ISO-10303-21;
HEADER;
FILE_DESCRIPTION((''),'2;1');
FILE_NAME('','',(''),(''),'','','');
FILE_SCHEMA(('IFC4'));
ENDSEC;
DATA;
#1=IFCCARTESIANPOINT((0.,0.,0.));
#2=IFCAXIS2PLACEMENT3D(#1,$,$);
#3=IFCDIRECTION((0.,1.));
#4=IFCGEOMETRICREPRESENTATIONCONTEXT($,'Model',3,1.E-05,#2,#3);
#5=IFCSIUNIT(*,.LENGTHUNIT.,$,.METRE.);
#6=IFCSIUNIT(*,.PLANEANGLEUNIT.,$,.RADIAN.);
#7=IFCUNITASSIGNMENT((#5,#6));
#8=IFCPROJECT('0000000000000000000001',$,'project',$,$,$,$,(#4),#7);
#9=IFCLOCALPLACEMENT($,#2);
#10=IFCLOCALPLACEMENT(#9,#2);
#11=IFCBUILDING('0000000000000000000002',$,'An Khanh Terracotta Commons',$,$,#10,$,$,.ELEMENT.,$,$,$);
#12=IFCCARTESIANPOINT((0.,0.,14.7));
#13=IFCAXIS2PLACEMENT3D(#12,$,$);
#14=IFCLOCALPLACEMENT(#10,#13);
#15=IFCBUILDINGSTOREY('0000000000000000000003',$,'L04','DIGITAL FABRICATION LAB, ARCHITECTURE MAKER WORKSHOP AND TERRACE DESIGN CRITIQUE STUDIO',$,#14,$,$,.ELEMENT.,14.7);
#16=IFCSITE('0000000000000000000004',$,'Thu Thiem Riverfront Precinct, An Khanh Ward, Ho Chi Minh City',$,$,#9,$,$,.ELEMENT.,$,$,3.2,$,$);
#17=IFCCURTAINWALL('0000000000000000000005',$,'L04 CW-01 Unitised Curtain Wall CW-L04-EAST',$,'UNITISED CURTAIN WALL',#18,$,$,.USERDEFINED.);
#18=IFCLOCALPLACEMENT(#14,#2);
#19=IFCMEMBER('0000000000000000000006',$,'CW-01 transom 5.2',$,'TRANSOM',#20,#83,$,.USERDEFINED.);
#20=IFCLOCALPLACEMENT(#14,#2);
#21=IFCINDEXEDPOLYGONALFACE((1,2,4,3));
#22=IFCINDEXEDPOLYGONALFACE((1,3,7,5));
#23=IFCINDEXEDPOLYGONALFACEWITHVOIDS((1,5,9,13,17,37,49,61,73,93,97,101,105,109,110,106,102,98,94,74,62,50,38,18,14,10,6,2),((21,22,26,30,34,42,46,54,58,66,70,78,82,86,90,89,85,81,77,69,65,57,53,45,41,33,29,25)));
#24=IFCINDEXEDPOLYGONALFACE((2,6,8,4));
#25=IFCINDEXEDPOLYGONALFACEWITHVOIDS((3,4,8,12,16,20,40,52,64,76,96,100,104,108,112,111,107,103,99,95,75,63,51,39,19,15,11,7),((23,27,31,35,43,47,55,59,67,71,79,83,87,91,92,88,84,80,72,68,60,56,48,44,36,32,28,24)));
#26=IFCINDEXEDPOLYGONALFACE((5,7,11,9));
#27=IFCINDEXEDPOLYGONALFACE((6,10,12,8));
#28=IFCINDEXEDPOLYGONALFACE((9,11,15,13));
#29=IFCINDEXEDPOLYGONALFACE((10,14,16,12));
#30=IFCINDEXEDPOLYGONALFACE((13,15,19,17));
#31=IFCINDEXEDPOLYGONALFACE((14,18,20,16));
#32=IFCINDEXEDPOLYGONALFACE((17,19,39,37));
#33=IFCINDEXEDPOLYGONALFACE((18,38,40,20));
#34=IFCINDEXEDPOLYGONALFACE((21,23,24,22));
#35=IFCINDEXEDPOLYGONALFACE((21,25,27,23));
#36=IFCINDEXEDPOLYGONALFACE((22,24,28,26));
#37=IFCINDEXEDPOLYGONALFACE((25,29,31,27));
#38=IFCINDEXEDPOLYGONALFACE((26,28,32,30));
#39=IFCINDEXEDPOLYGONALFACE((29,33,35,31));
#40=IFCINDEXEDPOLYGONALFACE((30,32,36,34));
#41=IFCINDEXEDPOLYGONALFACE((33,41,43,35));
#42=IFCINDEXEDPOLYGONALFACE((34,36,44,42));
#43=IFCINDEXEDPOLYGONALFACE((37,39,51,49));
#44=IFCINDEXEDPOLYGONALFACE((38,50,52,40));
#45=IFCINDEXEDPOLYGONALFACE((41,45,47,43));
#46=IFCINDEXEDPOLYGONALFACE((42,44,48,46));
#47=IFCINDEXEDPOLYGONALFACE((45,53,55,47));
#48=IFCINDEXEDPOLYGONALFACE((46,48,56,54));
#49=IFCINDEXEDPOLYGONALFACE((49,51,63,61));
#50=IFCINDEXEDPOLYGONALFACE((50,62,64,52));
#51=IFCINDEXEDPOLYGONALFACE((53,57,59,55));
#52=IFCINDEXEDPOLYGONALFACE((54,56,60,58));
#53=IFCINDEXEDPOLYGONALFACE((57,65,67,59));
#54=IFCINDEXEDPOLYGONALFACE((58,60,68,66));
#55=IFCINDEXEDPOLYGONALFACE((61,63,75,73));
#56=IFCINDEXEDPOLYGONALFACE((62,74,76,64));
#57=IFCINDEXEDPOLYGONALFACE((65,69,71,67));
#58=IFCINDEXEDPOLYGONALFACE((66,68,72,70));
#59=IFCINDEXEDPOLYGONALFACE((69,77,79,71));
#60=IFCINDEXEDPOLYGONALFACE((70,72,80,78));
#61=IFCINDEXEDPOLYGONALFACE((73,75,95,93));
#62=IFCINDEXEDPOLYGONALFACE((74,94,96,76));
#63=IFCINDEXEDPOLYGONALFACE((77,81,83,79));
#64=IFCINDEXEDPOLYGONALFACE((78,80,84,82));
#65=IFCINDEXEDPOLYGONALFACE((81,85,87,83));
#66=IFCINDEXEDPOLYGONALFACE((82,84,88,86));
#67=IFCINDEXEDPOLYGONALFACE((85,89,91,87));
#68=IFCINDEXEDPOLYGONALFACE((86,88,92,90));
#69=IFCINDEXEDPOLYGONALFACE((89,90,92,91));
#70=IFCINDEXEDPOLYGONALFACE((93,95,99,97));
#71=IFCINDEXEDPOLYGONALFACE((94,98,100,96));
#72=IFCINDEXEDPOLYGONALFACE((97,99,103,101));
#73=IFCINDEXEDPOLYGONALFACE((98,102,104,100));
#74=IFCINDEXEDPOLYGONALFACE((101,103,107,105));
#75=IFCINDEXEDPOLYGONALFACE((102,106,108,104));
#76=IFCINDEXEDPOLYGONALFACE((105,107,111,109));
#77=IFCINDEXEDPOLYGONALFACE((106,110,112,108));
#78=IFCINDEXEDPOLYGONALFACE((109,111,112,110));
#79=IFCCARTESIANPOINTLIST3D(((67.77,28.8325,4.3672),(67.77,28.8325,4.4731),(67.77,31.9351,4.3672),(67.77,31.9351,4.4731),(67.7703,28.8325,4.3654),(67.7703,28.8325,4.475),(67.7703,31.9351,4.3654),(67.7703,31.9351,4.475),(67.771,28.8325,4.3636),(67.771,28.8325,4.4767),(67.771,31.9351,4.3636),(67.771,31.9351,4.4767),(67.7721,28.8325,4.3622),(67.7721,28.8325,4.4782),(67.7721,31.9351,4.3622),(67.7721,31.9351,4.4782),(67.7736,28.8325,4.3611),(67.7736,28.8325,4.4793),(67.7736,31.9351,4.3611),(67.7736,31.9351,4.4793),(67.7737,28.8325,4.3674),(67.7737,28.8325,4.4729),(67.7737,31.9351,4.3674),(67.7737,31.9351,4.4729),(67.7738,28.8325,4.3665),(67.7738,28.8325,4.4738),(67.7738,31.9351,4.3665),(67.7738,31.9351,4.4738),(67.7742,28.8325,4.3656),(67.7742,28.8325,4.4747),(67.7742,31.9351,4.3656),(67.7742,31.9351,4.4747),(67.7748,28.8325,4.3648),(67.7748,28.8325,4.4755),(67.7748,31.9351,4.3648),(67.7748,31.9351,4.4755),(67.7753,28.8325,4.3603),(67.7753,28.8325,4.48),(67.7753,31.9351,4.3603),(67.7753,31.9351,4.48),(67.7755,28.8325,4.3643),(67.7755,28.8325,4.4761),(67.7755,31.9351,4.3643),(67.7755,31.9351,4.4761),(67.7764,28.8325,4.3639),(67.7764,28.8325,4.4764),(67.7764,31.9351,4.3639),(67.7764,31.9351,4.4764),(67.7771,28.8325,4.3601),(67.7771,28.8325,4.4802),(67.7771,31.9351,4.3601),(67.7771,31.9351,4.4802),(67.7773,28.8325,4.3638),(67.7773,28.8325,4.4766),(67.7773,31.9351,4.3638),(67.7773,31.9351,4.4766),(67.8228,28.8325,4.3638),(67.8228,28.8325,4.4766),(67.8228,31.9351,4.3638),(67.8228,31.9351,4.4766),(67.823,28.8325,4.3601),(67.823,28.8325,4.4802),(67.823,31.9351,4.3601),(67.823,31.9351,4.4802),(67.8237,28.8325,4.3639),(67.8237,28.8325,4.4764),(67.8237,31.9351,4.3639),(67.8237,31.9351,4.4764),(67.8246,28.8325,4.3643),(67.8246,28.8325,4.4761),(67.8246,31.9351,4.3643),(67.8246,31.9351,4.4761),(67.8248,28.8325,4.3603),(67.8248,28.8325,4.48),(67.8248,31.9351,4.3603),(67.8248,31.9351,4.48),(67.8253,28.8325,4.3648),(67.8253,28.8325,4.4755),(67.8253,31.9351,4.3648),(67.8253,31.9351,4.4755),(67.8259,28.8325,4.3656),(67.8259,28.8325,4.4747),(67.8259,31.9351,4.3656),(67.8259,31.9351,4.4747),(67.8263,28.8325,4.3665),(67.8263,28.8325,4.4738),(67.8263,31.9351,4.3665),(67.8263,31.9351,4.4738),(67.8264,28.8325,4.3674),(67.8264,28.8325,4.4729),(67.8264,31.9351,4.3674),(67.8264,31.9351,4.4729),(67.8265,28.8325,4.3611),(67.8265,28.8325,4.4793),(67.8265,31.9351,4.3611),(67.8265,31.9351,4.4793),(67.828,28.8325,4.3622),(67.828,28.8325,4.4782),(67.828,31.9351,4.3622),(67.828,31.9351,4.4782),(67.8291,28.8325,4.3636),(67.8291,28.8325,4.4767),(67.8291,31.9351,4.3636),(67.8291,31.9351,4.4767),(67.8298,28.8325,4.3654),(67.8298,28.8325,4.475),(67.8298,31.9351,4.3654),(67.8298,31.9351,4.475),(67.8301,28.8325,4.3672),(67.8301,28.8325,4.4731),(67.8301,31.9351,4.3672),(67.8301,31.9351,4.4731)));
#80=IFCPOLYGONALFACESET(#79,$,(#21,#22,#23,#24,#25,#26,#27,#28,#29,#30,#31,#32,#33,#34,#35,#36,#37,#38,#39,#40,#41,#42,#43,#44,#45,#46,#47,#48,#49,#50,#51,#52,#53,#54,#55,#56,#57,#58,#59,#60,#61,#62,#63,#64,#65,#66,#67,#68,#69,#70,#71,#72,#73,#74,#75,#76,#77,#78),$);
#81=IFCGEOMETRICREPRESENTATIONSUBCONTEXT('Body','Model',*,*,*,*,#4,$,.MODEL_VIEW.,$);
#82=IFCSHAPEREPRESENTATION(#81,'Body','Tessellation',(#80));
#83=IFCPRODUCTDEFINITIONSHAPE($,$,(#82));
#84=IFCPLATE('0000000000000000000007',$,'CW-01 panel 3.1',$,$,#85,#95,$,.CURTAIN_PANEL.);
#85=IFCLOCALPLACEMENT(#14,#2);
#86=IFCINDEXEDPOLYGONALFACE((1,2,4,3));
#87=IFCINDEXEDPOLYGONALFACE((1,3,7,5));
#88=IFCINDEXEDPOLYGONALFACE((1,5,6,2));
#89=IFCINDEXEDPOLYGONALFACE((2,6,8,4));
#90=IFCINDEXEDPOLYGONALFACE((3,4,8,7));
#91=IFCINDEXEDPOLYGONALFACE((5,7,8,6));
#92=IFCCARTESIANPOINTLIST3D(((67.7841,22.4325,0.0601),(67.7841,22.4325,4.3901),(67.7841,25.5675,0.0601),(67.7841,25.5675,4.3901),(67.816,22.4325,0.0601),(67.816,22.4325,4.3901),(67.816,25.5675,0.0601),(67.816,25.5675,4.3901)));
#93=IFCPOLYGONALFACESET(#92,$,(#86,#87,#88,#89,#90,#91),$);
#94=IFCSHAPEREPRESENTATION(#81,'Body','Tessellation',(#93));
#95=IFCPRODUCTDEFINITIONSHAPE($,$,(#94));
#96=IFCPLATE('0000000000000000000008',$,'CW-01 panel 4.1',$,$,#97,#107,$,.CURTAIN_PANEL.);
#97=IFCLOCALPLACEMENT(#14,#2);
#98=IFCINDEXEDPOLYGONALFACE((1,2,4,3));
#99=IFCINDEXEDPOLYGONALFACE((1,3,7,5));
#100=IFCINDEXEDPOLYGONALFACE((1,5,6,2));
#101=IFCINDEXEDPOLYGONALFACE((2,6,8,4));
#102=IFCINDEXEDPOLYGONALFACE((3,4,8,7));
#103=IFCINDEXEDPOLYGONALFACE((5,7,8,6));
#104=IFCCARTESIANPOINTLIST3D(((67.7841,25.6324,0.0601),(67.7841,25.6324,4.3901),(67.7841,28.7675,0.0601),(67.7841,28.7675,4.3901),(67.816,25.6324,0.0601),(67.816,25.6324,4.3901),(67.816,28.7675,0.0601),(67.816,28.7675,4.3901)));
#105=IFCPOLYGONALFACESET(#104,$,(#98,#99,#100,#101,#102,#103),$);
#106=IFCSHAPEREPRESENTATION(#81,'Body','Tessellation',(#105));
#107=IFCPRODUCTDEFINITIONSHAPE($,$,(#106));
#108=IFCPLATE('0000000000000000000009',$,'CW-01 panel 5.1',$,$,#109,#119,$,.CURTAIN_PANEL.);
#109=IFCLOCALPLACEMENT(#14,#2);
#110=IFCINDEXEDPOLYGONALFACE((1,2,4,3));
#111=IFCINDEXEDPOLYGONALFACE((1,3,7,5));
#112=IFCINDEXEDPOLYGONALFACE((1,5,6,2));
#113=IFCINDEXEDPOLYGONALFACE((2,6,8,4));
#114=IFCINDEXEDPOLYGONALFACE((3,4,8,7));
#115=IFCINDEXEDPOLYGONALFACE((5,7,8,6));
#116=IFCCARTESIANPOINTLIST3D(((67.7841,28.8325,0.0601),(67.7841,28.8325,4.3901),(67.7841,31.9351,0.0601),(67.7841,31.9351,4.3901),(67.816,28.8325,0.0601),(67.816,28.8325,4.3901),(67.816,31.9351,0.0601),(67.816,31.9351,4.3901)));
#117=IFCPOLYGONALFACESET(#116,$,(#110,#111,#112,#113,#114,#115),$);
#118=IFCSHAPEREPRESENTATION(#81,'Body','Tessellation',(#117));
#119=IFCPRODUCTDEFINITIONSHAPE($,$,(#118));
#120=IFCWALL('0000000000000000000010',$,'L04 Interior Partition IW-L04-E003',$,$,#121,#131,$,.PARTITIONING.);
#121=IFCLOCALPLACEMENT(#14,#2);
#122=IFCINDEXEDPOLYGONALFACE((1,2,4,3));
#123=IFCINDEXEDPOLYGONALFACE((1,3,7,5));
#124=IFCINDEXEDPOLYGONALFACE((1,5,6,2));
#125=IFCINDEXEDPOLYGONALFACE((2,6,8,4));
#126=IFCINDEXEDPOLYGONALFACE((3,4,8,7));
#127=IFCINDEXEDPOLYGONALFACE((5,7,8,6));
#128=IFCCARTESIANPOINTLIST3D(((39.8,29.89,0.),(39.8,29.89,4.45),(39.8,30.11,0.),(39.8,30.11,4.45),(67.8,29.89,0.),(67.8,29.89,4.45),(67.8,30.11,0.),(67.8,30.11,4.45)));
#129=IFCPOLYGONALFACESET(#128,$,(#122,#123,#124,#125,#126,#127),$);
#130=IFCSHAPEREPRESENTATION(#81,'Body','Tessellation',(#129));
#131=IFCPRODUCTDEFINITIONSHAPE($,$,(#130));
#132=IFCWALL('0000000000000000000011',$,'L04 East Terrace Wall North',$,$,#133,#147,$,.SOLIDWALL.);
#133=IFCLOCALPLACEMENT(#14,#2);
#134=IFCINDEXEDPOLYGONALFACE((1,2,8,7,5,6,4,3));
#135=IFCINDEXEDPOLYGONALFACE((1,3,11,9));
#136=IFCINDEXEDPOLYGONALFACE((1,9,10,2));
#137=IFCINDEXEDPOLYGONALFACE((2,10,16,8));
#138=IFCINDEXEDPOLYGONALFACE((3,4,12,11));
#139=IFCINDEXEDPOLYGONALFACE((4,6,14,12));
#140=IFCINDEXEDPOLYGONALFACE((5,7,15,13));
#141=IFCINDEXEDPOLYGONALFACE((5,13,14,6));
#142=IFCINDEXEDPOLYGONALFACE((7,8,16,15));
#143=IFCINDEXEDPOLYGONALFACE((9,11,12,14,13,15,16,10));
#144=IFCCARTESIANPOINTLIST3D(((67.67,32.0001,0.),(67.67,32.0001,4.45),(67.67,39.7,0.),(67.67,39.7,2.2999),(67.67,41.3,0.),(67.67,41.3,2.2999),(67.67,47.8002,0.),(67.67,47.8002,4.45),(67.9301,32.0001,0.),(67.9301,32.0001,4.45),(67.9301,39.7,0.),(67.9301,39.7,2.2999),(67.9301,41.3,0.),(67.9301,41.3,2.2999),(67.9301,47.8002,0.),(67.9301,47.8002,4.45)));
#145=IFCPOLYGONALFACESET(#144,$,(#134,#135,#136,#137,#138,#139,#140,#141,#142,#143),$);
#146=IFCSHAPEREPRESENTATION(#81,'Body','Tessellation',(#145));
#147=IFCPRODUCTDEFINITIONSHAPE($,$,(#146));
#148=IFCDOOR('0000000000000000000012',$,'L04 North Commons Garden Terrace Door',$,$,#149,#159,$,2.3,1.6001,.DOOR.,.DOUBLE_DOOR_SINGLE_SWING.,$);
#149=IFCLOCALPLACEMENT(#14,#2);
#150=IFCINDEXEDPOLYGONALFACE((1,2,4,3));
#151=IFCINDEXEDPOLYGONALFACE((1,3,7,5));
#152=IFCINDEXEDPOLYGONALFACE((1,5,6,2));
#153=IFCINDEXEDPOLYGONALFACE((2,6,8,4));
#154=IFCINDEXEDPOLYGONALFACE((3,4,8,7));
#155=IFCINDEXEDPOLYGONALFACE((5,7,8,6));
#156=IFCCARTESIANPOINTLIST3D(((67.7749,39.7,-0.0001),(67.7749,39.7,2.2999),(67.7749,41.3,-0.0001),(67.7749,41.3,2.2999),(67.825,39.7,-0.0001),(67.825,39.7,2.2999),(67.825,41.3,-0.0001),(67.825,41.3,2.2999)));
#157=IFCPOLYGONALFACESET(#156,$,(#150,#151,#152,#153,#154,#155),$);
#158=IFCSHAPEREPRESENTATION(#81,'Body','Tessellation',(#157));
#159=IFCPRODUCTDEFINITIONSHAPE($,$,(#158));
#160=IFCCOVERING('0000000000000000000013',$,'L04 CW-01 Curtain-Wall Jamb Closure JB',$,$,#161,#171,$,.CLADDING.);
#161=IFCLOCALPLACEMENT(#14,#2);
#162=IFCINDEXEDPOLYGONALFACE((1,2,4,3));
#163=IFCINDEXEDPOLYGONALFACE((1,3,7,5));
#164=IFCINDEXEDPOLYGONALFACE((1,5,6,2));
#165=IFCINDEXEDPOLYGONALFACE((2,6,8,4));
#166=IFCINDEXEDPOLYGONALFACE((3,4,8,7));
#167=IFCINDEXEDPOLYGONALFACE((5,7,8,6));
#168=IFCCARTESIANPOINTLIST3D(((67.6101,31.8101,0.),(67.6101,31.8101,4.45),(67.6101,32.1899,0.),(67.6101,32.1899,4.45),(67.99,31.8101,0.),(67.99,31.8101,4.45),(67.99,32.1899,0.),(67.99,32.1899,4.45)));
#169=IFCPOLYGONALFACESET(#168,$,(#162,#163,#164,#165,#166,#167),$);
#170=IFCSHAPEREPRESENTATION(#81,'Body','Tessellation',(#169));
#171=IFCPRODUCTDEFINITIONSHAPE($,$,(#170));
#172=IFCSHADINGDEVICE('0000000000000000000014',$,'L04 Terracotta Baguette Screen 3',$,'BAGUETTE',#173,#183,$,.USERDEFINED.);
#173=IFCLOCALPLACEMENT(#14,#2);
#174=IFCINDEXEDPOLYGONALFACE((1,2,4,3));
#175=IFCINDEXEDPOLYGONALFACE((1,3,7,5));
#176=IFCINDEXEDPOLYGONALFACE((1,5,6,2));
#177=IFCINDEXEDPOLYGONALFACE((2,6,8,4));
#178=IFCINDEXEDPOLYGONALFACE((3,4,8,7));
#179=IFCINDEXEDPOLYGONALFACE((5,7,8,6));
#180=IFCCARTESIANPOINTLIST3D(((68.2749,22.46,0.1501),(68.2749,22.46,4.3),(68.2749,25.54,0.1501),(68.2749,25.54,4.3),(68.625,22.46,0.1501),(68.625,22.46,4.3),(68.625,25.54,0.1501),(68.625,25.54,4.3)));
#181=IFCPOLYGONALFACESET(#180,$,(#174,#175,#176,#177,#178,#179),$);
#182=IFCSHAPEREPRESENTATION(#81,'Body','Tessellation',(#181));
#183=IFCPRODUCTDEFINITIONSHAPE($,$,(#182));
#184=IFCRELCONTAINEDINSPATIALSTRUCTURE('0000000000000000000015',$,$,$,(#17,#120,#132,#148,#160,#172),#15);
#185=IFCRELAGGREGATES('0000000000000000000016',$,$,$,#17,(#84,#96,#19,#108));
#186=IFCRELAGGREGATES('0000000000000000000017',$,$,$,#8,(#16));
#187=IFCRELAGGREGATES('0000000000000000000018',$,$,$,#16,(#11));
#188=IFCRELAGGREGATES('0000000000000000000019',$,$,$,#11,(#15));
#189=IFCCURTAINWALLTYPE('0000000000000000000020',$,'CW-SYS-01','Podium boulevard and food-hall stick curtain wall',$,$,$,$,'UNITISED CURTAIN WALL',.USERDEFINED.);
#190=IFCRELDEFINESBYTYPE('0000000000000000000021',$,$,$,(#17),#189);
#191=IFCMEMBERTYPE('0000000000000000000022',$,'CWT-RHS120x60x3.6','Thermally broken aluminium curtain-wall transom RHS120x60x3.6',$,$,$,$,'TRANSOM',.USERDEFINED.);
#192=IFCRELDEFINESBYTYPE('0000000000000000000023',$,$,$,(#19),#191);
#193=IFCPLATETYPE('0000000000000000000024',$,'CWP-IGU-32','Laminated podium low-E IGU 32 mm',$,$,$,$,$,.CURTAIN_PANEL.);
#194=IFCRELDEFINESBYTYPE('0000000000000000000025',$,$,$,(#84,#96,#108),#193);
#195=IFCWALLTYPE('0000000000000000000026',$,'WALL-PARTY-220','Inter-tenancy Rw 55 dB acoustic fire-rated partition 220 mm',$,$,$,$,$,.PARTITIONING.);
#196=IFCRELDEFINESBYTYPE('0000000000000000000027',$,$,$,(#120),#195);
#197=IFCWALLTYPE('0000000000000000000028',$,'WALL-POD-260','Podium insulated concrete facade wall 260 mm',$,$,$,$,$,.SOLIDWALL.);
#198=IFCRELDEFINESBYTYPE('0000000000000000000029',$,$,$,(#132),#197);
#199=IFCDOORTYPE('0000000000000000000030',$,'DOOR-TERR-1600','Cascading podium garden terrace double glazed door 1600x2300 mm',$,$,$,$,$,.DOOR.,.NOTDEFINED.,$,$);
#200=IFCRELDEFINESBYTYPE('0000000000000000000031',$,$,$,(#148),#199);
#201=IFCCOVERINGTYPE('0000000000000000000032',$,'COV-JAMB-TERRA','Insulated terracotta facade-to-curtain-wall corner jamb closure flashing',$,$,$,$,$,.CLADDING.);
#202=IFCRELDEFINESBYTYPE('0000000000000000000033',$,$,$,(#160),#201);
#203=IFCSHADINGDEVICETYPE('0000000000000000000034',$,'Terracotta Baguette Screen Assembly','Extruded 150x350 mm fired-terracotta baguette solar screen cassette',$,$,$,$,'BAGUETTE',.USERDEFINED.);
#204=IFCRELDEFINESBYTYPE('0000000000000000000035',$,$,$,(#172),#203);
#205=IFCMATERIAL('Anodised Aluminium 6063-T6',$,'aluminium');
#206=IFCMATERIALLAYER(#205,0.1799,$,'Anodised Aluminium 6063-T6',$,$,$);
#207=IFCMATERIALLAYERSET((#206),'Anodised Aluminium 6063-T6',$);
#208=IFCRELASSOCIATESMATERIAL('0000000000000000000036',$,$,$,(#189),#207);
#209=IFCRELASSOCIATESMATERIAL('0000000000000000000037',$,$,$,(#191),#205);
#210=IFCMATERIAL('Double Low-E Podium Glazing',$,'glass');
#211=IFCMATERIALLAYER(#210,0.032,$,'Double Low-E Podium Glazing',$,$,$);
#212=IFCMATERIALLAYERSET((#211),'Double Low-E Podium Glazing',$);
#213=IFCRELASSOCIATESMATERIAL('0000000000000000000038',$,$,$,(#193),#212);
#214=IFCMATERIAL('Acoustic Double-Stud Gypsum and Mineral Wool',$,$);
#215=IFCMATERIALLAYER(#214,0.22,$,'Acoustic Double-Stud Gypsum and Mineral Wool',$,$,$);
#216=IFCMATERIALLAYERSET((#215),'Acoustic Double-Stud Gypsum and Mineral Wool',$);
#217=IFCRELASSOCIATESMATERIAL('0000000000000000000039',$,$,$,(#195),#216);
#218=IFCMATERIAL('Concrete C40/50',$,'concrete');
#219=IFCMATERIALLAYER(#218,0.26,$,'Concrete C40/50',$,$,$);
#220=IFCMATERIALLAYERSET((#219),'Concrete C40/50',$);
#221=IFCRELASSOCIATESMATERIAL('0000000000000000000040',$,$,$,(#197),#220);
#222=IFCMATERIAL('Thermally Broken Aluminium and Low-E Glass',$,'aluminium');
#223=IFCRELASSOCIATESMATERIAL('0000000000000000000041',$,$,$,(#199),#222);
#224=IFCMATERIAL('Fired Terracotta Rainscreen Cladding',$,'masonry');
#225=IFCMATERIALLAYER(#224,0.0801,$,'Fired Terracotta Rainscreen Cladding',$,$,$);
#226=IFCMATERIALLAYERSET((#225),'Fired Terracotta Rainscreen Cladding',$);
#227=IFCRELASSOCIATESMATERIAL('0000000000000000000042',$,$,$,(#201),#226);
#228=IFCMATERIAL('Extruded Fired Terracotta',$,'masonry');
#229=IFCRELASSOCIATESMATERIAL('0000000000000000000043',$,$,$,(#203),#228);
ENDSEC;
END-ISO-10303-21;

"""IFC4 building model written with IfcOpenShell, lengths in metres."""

from ifc_helpers import new_model, si_unit, direction, frame, frame_2d, origin, origin_2d, place, context, subcontext, project, spatial, rectangle, hollow_rectangle, extrude, material, layer, layer_set, material_profile, profile_set, type_object, element, fill, aggregate, save


model = new_model("IFC4")

# Units and contexts
model_context = context("Model", 3, precision=1e-05, world=origin(), true_north=direction((0.0, 1.0)))
body_context = subcontext(model_context, "Body", "Model", "MODEL_VIEW")
ifc_project = project(units=[si_unit("LENGTHUNIT", "METRE"), si_unit("PLANEANGLEUNIT", "RADIAN")], contexts=[model_context])

# Site, building, storey
site_placement = place(None, origin())
site = spatial("IfcSite", under=ifc_project, at=site_placement, Name="Thu Thiem Riverfront Precinct, An Khanh Ward, Ho Chi Minh City", CompositionType="ELEMENT", RefElevation=3.2)
building_placement = place(site_placement, origin())
building = spatial("IfcBuilding", under=site, at=building_placement, Name="An Khanh Terracotta Commons", CompositionType="ELEMENT")
storey_placement = place(building_placement, frame((0.0, 0.0, 14.7)))
storey = spatial("IfcBuildingStorey", under=building, at=storey_placement, Name="L04", Description="DIGITAL FABRICATION LAB, ARCHITECTURE MAKER WORKSHOP AND TERRACE DESIGN CRITIQUE STUDIO", CompositionType="ELEMENT", Elevation=14.7)

# Curtain wall, member, plates
ifc_material_1 = material(Name="Anodised Aluminium 6063-T6", Category="aluminium")
ifc_layer_1 = layer(ifc_material_1, 0.1799, Name="Anodised Aluminium 6063-T6")
ifc_layer_set_1 = layer_set([ifc_layer_1], Name="Anodised Aluminium 6063-T6")
curtain_wall_type = type_object("IfcCurtainWallType", Name="CW-SYS-01", Description="Podium boulevard and food-hall stick curtain wall", ElementType="UNITISED CURTAIN WALL", PredefinedType="USERDEFINED", material=ifc_layer_set_1)
curtain_wall_placement = place(storey_placement, origin())
curtain_wall = element("IfcCurtainWall", 1, at=curtain_wall_placement, inside=storey, type_object=curtain_wall_type, Name="L04 CW-01 Unitised Curtain Wall CW-L04-EAST", ObjectType="UNITISED CURTAIN WALL", PredefinedType="USERDEFINED")
ifc_material_profile_1 = material_profile(ifc_material_1, hollow_rectangle(XDim=0.0601, YDim=0.1201, WallThickness=0.0037, InnerFilletRadius=0.0037, OuterFilletRadius=0.0071, at=origin_2d()), Name="RHS120x60x3.6")
ifc_profile_set_1 = profile_set([ifc_material_profile_1], Name="Anodised Aluminium 6063-T6")
member_type_1 = type_object("IfcMemberType", Name="CWT-RHS120x60x3.6", Description="Thermally broken aluminium curtain-wall transom RHS120x60x3.6", ElementType="TRANSOM", PredefinedType="USERDEFINED", material=ifc_profile_set_1)
member_1_placement = place(storey_placement, frame((67.8, 28.8325, 4.4202), z_axis=(0.0, 1.0, 0.0), x_axis=(-1.0, 0.0, 0.0)))
member_1 = element("IfcMember", 2, at=member_1_placement, type_object=member_type_1, Name="CW-01 transom 5.2", ObjectType="TRANSOM", PredefinedType="USERDEFINED", context=body_context, shape_type="SweptSolid", body=[
    extrude(hollow_rectangle(XDim=0.0601, YDim=0.1201, WallThickness=0.0037, InnerFilletRadius=0.0037, OuterFilletRadius=0.0071, at=origin_2d()), origin(), (0.0, 0.0, 1.0), 3.1025),
])
ifc_material_2 = material(Name="Double Low-E Podium Glazing", Category="glass")
ifc_layer_2 = layer(ifc_material_2, 0.032, Name="Double Low-E Podium Glazing")
ifc_layer_set_2 = layer_set([ifc_layer_2], Name="Double Low-E Podium Glazing")
plate_type = type_object("IfcPlateType", Name="CWP-IGU-32", Description="Laminated podium low-E IGU 32 mm", PredefinedType="CURTAIN_PANEL", material=ifc_layer_set_2)
plate_1_placement = place(storey_placement, frame((67.8, 24.0, 0.0601), z_axis=(0.0, 0.0, 1.0), x_axis=(0.0, 1.0, 0.0)))
plate_1 = element("IfcPlate", 3, at=plate_1_placement, type_object=plate_type, Name="CW-01 panel 3.1", PredefinedType="CURTAIN_PANEL", context=body_context, shape_type="SweptSolid", body=[
    extrude(rectangle(XDim=3.135, YDim=0.032, at=origin_2d()), origin(), (0.0, 0.0, 1.0), 4.3301),
])
plate_2_placement = place(storey_placement, frame((67.8, 27.2, 0.0601), z_axis=(0.0, 0.0, 1.0), x_axis=(0.0, 1.0, 0.0)))
plate_2 = element("IfcPlate", 4, at=plate_2_placement, type_object=plate_type, Name="CW-01 panel 4.1", PredefinedType="CURTAIN_PANEL", context=body_context, shape_type="SweptSolid", body=[
    extrude(rectangle(XDim=3.135, YDim=0.032, at=origin_2d()), origin(), (0.0, 0.0, 1.0), 4.3301),
])
plate_3_placement = place(storey_placement, frame((67.8, 30.3838, 0.0601), z_axis=(0.0, 0.0, 1.0), x_axis=(0.0, 1.0, 0.0)))
plate_3 = element("IfcPlate", 5, at=plate_3_placement, type_object=plate_type, Name="CW-01 panel 5.1", PredefinedType="CURTAIN_PANEL", context=body_context, shape_type="SweptSolid", body=[
    extrude(rectangle(XDim=3.1025, YDim=0.032, at=origin_2d()), origin(), (0.0, 0.0, 1.0), 4.3301),
])
aggregate(curtain_wall, [plate_1, plate_2, member_1, plate_3])

# Wall
ifc_material_3 = material(Name="Acoustic Double-Stud Gypsum and Mineral Wool")
ifc_layer_3 = layer(ifc_material_3, 0.22, Name="Acoustic Double-Stud Gypsum and Mineral Wool")
ifc_layer_set_3 = layer_set([ifc_layer_3], Name="Acoustic Double-Stud Gypsum and Mineral Wool")
wall_type_1 = type_object("IfcWallType", Name="WALL-PARTY-220", Description="Inter-tenancy Rw 55 dB acoustic fire-rated partition 220 mm", PredefinedType="PARTITIONING", material=ifc_layer_set_3)
wall_1_placement = place(storey_placement, frame((39.8, 30.0, 0.0), z_axis=(0.0, 0.0, 1.0), x_axis=(1.0, 0.0, 0.0)))
element("IfcWall", 6, at=wall_1_placement, inside=storey, type_object=wall_type_1, Name="L04 Interior Partition IW-L04-E003", PredefinedType="PARTITIONING", context=body_context, shape_type="SweptSolid", body=[
    extrude(rectangle(XDim=28.0, YDim=0.22, at=frame_2d((14.0, 0.0))), origin(), (0.0, 0.0, 1.0), 4.45),
])

# Wall, opening, door
ifc_material_4 = material(Name="Concrete C40/50", Category="concrete")
ifc_layer_4 = layer(ifc_material_4, 0.26, Name="Concrete C40/50")
ifc_layer_set_4 = layer_set([ifc_layer_4], Name="Concrete C40/50")
wall_type_2 = type_object("IfcWallType", Name="WALL-POD-260", Description="Podium insulated concrete facade wall 260 mm", PredefinedType="SOLIDWALL", material=ifc_layer_set_4)
wall_2_placement = place(storey_placement, frame((67.8, 47.8, 0.0), z_axis=(0.0, 0.0, 1.0), x_axis=(0.0, -1.0, 0.0)))
wall_2 = element("IfcWall", 7, at=wall_2_placement, inside=storey, type_object=wall_type_2, Name="L04 East Terrace Wall North", PredefinedType="SOLIDWALL", context=body_context, shape_type="SweptSolid", body=[
    extrude(rectangle(XDim=15.8, YDim=0.26, at=frame_2d((7.8999, 0.0))), origin(), (0.0, 0.0, 1.0), 4.45),
])
opening_placement = place(wall_2_placement, frame((6.5, 0.0, 0.0)))
opening = element("IfcOpeningElement", 8, at=opening_placement, cuts=wall_2, PredefinedType="OPENING", context=body_context, shape_type="SweptSolid", body=[
    extrude(rectangle(XDim=1.6001, YDim=2.3, at=frame_2d((0.8, 1.1499))), frame((0.0, 0.1399, 0.0), z_axis=(0.0, -1.0, 0.0), x_axis=(1.0, 0.0, 0.0)), (0.0, 0.0, 1.0), 0.28),
])
ifc_material_5 = material(Name="Thermally Broken Aluminium and Low-E Glass", Category="aluminium")
door_type = type_object("IfcDoorType", Name="DOOR-TERR-1600", Description="Cascading podium garden terrace double glazed door 1600x2300 mm", OperationType="NOTDEFINED", PredefinedType="DOOR", material=ifc_material_5)
door_placement = place(opening_placement, origin())
door = element("IfcDoor", 9, at=door_placement, inside=storey, type_object=door_type, Name="L04 North Commons Garden Terrace Door", OperationType="DOUBLE_DOOR_SINGLE_SWING", OverallHeight=2.3, OverallWidth=1.6001, PredefinedType="DOOR", context=body_context, shape_type="SweptSolid", body=[
    extrude(rectangle(XDim=1.6001, YDim=2.3, at=frame_2d((0.8, 1.1499))), frame((0.0, 0.0249, 0.0), z_axis=(0.0, -1.0, 0.0), x_axis=(1.0, 0.0, 0.0)), (0.0, 0.0, 1.0), 0.05),
])
fill(opening, door)

# Covering
ifc_material_6 = material(Name="Fired Terracotta Rainscreen Cladding", Category="masonry")
ifc_layer_5 = layer(ifc_material_6, 0.0801, Name="Fired Terracotta Rainscreen Cladding")
ifc_layer_set_5 = layer_set([ifc_layer_5], Name="Fired Terracotta Rainscreen Cladding")
covering_type = type_object("IfcCoveringType", Name="COV-JAMB-TERRA", Description="Insulated terracotta facade-to-curtain-wall corner jamb closure flashing", PredefinedType="CLADDING", material=ifc_layer_set_5)
covering_placement = place(storey_placement, frame((67.8, 32.0, 0.0), z_axis=(0.0, 0.0, 1.0), x_axis=(1.0, 0.0, 0.0)))
element("IfcCovering", 10, at=covering_placement, inside=storey, type_object=covering_type, Name="L04 CW-01 Curtain-Wall Jamb Closure JB", PredefinedType="CLADDING", context=body_context, shape_type="SweptSolid", body=[
    extrude(rectangle(XDim=0.3799, YDim=0.3799, at=origin_2d()), origin(), (0.0, 0.0, 1.0), 4.45),
])

# Shading device
ifc_material_7 = material(Name="Extruded Fired Terracotta", Category="masonry")
shading_device_type = type_object("IfcShadingDeviceType", Name="Terracotta Baguette Screen Assembly", Description="Extruded 150x350 mm fired-terracotta baguette solar screen cassette", ElementType="BAGUETTE", PredefinedType="USERDEFINED", material=ifc_material_7)
for number, where, z_axis, x_axis, name in (
    (11, (68.45, 24.0, 0.1501), (0.0, 0.0, 1.0), (0.0, 1.0, 0.0), "L04 Terracotta Baguette Screen 3"),
):
    element("IfcShadingDevice", number, at=place(storey_placement, frame(where, z_axis=z_axis, x_axis=x_axis)), inside=storey, type_object=shading_device_type, Name=name, ObjectType="BAGUETTE", PredefinedType="USERDEFINED", context=body_context, shape_type="SweptSolid", body=[
        extrude(rectangle(XDim=3.0801, YDim=0.3501, at=origin_2d()), origin(), (0.0, 0.0, 1.0), 4.1499),
    ])

save(model, "model.ifc")
